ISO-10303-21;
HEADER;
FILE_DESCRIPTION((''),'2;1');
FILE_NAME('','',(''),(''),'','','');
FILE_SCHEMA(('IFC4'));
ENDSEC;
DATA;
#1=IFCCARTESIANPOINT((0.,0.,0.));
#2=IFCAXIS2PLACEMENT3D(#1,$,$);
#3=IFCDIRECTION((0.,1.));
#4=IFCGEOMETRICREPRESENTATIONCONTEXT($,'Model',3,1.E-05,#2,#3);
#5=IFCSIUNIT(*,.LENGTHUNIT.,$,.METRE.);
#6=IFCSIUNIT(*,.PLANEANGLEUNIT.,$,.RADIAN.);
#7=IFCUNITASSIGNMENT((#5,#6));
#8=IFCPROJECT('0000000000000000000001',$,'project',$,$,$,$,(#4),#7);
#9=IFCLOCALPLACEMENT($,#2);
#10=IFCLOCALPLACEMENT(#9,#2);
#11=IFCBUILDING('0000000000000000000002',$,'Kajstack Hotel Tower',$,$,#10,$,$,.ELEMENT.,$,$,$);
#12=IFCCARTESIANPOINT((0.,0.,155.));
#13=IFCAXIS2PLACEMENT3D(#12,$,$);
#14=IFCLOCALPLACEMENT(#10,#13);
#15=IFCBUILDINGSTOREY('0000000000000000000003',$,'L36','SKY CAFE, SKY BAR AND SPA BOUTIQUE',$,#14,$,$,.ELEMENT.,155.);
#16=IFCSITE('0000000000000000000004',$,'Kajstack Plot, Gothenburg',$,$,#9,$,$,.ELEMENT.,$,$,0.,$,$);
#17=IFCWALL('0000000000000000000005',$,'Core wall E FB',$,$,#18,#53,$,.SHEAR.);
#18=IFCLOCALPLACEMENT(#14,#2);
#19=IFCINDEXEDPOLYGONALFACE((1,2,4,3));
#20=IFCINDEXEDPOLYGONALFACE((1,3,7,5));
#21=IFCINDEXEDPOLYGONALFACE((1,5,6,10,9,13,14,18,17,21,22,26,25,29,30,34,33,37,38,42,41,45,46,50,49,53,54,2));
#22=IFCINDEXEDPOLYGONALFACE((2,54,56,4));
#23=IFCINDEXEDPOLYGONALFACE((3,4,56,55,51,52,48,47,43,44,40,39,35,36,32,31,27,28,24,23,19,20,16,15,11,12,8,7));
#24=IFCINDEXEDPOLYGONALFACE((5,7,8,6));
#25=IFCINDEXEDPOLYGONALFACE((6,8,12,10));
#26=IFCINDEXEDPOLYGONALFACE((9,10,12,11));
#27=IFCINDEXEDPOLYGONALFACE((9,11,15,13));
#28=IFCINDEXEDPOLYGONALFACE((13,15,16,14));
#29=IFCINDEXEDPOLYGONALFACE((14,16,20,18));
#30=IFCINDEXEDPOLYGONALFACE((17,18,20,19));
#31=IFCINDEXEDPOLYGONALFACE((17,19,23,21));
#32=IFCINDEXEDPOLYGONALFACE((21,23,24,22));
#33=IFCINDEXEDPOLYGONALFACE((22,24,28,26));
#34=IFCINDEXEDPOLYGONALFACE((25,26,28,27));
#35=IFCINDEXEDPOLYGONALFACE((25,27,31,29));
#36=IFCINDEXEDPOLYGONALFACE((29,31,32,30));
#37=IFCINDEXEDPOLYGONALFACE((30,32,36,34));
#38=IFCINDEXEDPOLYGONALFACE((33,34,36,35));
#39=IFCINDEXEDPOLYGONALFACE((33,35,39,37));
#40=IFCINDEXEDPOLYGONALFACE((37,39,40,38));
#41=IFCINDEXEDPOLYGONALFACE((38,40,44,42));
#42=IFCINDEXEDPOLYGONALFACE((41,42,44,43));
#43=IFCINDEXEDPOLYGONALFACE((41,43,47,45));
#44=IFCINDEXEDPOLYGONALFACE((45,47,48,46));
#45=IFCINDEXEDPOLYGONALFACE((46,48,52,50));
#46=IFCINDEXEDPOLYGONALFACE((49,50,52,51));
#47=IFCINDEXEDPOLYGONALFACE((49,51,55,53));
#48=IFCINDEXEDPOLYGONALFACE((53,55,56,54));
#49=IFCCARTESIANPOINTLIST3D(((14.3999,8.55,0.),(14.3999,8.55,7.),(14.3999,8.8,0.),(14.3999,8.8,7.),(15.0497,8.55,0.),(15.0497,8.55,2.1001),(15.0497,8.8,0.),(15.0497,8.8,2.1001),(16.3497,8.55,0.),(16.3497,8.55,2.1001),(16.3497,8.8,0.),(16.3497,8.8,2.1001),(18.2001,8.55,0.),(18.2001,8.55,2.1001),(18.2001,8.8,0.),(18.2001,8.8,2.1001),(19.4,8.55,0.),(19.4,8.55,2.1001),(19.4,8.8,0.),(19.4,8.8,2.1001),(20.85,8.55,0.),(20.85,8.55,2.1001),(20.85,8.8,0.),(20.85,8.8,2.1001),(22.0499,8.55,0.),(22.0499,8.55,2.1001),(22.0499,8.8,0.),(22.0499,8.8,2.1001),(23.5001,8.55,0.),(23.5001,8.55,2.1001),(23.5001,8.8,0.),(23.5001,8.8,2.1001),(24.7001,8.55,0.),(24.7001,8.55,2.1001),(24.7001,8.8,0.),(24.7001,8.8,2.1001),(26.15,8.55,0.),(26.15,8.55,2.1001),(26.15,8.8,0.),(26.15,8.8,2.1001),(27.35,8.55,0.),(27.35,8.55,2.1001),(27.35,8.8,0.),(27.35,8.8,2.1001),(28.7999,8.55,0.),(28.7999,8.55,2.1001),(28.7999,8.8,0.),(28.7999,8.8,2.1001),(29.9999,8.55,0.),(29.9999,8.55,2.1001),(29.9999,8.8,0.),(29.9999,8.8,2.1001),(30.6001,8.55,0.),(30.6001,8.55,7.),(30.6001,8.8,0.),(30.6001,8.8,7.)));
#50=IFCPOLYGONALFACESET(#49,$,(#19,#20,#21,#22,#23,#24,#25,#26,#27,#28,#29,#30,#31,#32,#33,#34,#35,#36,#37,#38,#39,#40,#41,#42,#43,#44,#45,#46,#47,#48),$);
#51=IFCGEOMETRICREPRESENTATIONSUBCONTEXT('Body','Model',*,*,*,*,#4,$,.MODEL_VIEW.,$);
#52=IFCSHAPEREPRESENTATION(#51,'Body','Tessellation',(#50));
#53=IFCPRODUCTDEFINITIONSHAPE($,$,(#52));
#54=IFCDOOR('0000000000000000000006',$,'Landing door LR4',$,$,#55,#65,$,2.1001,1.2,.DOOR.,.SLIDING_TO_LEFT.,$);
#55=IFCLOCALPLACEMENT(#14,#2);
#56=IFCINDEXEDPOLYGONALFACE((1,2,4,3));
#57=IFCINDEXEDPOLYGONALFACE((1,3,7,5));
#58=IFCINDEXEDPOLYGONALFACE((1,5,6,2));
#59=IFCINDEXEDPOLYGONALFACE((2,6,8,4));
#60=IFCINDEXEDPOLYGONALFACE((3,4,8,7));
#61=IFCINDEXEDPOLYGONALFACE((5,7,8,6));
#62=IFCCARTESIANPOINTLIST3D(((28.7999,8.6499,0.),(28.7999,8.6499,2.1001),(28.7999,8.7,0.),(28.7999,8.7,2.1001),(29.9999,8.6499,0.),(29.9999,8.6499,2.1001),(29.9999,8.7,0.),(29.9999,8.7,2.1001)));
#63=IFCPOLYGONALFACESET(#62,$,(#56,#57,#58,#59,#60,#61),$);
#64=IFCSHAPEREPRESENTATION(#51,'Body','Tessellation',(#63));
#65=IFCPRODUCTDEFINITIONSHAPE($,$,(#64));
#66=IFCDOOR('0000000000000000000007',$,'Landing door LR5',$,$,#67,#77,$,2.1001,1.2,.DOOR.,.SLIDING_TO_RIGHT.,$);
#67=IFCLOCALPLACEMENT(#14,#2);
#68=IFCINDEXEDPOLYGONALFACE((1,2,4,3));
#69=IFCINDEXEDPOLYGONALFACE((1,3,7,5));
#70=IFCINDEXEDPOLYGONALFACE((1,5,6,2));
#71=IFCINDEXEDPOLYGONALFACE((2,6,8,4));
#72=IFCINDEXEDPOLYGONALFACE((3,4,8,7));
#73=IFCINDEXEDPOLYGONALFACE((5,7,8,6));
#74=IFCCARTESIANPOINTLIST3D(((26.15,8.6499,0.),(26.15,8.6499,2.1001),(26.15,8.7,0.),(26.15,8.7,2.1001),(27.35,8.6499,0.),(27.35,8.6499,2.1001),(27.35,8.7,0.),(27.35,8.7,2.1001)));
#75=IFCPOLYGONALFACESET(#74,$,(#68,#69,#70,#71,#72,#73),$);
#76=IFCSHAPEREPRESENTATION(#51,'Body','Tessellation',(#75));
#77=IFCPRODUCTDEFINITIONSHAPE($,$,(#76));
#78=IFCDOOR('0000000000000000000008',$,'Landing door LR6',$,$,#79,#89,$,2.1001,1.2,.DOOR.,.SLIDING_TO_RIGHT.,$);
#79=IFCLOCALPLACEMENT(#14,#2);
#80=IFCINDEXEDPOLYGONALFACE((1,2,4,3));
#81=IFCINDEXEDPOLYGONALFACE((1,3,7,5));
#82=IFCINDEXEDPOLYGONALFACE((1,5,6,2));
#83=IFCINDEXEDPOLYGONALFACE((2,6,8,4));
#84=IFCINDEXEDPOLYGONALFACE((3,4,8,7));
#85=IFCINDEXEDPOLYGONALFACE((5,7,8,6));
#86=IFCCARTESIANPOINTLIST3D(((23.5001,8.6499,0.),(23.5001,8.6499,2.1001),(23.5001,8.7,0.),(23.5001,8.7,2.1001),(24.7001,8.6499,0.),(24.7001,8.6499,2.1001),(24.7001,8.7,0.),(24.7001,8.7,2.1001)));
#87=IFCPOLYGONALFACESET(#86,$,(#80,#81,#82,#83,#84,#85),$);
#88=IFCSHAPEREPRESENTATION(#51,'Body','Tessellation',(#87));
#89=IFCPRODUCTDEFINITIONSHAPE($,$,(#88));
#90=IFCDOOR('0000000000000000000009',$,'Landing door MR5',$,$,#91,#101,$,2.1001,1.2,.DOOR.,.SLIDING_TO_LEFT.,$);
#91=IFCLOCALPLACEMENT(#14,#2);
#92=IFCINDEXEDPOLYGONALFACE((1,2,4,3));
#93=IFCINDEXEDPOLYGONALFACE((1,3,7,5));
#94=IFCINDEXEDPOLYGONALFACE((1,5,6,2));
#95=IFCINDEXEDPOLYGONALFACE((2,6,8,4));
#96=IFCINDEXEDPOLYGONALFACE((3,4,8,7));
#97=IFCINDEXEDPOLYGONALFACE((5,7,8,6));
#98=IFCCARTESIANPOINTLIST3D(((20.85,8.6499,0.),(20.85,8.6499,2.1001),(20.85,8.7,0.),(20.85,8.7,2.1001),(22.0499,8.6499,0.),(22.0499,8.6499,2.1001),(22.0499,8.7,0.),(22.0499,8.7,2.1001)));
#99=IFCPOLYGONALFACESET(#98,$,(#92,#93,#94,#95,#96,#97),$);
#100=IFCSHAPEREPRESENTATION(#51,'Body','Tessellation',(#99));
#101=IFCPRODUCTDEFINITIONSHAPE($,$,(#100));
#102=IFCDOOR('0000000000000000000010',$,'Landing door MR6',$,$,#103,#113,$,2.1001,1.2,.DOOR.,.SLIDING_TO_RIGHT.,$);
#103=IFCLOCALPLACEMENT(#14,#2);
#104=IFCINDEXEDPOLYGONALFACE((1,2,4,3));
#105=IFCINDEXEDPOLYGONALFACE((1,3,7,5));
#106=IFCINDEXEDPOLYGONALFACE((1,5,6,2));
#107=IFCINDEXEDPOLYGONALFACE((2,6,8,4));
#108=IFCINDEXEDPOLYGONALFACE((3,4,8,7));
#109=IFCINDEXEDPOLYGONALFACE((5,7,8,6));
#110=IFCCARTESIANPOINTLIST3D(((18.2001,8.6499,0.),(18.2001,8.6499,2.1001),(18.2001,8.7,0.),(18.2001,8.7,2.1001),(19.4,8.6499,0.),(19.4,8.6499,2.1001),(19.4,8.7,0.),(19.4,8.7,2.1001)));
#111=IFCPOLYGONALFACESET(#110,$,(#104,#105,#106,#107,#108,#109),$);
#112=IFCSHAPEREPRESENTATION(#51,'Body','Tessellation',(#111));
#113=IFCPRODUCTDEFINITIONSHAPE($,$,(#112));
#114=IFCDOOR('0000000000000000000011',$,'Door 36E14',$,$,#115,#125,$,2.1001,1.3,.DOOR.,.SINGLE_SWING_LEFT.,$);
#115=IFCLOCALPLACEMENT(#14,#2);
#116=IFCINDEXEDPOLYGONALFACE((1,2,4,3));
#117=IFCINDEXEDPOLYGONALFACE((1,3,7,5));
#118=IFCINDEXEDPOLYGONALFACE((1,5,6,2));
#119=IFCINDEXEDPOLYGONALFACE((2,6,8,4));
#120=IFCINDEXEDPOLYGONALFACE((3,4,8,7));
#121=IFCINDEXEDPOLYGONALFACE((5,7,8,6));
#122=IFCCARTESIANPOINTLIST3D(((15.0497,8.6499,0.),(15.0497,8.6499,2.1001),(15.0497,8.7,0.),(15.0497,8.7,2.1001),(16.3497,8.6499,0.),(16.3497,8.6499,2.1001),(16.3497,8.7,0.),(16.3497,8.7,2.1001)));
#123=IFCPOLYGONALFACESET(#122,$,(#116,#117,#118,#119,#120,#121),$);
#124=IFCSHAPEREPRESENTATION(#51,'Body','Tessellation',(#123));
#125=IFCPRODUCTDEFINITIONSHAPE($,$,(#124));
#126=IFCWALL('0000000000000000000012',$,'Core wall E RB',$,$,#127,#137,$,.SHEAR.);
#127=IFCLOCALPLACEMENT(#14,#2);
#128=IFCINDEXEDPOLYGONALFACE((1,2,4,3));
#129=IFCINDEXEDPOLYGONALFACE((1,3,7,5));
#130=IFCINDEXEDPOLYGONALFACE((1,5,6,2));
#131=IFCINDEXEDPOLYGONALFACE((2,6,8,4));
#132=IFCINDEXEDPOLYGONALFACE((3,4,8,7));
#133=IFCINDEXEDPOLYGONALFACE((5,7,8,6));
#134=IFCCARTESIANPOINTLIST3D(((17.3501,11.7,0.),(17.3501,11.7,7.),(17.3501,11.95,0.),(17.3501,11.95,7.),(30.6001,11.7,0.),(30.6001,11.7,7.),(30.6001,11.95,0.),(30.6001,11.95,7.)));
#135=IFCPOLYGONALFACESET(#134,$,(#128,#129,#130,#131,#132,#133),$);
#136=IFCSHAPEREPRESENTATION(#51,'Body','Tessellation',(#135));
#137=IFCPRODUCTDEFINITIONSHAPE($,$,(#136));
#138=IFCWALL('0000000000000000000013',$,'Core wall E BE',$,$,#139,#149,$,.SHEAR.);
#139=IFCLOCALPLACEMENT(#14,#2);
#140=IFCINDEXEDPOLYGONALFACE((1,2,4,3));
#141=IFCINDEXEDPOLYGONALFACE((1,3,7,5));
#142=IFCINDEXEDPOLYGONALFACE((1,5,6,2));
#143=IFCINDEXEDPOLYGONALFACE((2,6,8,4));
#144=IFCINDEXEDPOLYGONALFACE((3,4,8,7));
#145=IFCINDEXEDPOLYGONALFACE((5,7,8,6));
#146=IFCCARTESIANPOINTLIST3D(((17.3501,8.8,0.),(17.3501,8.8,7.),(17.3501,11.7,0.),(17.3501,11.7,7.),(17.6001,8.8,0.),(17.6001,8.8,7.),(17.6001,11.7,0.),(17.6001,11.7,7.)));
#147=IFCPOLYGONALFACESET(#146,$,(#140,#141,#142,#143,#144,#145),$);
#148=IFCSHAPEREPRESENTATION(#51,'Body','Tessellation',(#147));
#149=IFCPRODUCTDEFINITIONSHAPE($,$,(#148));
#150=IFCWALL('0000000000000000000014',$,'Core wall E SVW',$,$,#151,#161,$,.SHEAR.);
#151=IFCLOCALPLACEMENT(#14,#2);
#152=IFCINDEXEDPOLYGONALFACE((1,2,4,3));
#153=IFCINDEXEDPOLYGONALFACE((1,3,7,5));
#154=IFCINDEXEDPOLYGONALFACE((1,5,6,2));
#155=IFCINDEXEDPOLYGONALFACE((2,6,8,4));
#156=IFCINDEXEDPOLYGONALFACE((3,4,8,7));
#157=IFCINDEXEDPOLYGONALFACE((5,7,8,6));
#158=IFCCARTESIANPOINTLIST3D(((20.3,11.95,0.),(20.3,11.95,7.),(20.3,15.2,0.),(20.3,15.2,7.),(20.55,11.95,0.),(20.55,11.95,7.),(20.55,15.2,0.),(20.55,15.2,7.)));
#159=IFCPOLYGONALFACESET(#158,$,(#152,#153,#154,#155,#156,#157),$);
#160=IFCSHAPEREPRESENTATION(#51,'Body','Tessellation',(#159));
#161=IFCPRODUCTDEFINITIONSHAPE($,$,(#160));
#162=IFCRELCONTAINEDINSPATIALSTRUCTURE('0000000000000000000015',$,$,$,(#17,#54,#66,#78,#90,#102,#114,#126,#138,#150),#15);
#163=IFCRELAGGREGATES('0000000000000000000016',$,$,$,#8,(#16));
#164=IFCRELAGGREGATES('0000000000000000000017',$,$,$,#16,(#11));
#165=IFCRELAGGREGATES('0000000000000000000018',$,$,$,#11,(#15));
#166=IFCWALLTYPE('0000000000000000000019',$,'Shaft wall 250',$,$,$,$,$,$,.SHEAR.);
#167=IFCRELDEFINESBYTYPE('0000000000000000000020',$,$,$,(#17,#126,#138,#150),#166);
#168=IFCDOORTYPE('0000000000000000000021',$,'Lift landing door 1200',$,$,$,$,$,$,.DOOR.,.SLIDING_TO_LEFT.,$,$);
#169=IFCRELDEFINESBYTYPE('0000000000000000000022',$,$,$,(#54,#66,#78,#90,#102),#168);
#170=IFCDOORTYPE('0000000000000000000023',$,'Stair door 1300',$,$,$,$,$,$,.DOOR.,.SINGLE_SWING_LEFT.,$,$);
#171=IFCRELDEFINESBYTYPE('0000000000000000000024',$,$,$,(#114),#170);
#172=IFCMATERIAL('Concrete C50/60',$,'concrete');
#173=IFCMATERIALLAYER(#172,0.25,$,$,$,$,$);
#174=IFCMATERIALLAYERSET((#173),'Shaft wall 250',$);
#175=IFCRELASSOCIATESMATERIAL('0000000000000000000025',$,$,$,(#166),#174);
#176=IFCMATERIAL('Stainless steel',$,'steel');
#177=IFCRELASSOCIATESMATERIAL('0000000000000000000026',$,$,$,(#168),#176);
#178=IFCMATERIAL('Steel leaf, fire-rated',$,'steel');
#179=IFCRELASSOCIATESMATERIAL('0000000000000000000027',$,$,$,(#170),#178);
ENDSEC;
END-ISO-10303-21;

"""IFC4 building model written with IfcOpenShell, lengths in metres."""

from ifc_helpers import new_model, si_unit, direction, frame, frame_2d, origin, place, context, subcontext, project, spatial, rectangle, extrude, material, layer, layer_set, type_object, element, fill, save


model = new_model("IFC4")

# Units and contexts
model_context = context("Model", 3, precision=1e-05, world=origin(), true_north=direction((0.0, 1.0)))
body_context = subcontext(model_context, "Body", "Model", "MODEL_VIEW")
ifc_project = project(units=[si_unit("LENGTHUNIT", "METRE"), si_unit("PLANEANGLEUNIT", "RADIAN")], contexts=[model_context])

# Site, building, storey
site_placement = place(None, origin())
site = spatial("IfcSite", under=ifc_project, at=site_placement, Name="Kajstack Plot, Gothenburg", CompositionType="ELEMENT", RefElevation=0.0)
building_placement = place(site_placement, origin())
building = spatial("IfcBuilding", under=site, at=building_placement, Name="Kajstack Hotel Tower", CompositionType="ELEMENT")
storey_placement = place(building_placement, frame((0.0, 0.0, 155.0)))
storey = spatial("IfcBuildingStorey", under=building, at=storey_placement, Name="L36", Description="SKY CAFE, SKY BAR AND SPA BOUTIQUE", CompositionType="ELEMENT", Elevation=155.0)

# Shared definitions
ifc_material_1 = material(Name="Concrete C50/60", Category="concrete")

# Shared definitions
ifc_layer_1 = layer(ifc_material_1, 0.25)
ifc_layer_set_1 = layer_set([ifc_layer_1], Name="Shaft wall 250")
wall_type_1 = type_object("IfcWallType", Name="Shaft wall 250", PredefinedType="SHEAR", material=ifc_layer_set_1)
ifc_material_2 = material(Name="Stainless steel", Category="steel")
door_type_1 = type_object("IfcDoorType", Name="Lift landing door 1200", OperationType="SLIDING_TO_LEFT", PredefinedType="DOOR", material=ifc_material_2)

# Wall, openings, doors
wall_1_placement = place(storey_placement, frame((14.3999, 8.675, 0.0), z_axis=(0.0, 0.0, 1.0), x_axis=(1.0, 0.0, 0.0)))
wall_1 = element("IfcWall", 1, at=wall_1_placement, inside=storey, type_object=wall_type_1, Name="Core wall E FB", PredefinedType="SHEAR", context=body_context, shape_type="SweptSolid", body=[
    extrude(rectangle(XDim=16.2002, YDim=0.25, at=frame_2d((8.1001, 0.0))), origin(), (0.0, 0.0, 1.0), 7.0),
])
opening_1_placement = place(wall_1_placement, frame((14.3999, 0.0, 0.0)))
opening_1 = element("IfcOpeningElement", 2, at=opening_1_placement, cuts=wall_1, PredefinedType="OPENING", context=body_context, shape_type="SweptSolid", body=[
    extrude(rectangle(XDim=1.2, YDim=2.1001, at=frame_2d((0.6001, 1.05))), frame((0.0, 0.135, 0.0), z_axis=(0.0, -1.0, 0.0), x_axis=(1.0, 0.0, 0.0)), (0.0, 0.0, 1.0), 0.27),
])
opening_2_placement = place(wall_1_placement, frame((11.75, 0.0, 0.0)))
opening_2 = element("IfcOpeningElement", 3, at=opening_2_placement, cuts=wall_1, PredefinedType="OPENING", context=body_context, shape_type="SweptSolid", body=[
    extrude(rectangle(XDim=1.2, YDim=2.1001, at=frame_2d((0.6001, 1.05))), frame((0.0, 0.135, 0.0), z_axis=(0.0, -1.0, 0.0), x_axis=(1.0, 0.0, 0.0)), (0.0, 0.0, 1.0), 0.27),
])
opening_3_placement = place(wall_1_placement, frame((9.1001, 0.0, 0.0)))
opening_3 = element("IfcOpeningElement", 4, at=opening_3_placement, cuts=wall_1, PredefinedType="OPENING", context=body_context, shape_type="SweptSolid", body=[
    extrude(rectangle(XDim=1.2, YDim=2.1001, at=frame_2d((0.6001, 1.05))), frame((0.0, 0.135, 0.0), z_axis=(0.0, -1.0, 0.0), x_axis=(1.0, 0.0, 0.0)), (0.0, 0.0, 1.0), 0.27),
])
opening_4_placement = place(wall_1_placement, frame((6.45, 0.0, 0.0)))
opening_4 = element("IfcOpeningElement", 5, at=opening_4_placement, cuts=wall_1, PredefinedType="OPENING", context=body_context, shape_type="SweptSolid", body=[
    extrude(rectangle(XDim=1.2, YDim=2.1001, at=frame_2d((0.6001, 1.05))), frame((0.0, 0.135, 0.0), z_axis=(0.0, -1.0, 0.0), x_axis=(1.0, 0.0, 0.0)), (0.0, 0.0, 1.0), 0.27),
])
opening_5_placement = place(wall_1_placement, frame((3.8, 0.0, 0.0)))
opening_5 = element("IfcOpeningElement", 6, at=opening_5_placement, cuts=wall_1, PredefinedType="OPENING", context=body_context, shape_type="SweptSolid", body=[
    extrude(rectangle(XDim=1.2, YDim=2.1001, at=frame_2d((0.6001, 1.05))), frame((0.0, 0.135, 0.0), z_axis=(0.0, -1.0, 0.0), x_axis=(1.0, 0.0, 0.0)), (0.0, 0.0, 1.0), 0.27),
])
opening_6_placement = place(wall_1_placement, frame((0.6499, 0.0, 0.0)))
opening_6 = element("IfcOpeningElement", 7, at=opening_6_placement, cuts=wall_1, PredefinedType="OPENING", context=body_context, shape_type="SweptSolid", body=[
    extrude(rectangle(XDim=1.3, YDim=2.1001, at=frame_2d((0.6499, 1.05))), frame((0.0, 0.135, 0.0), z_axis=(0.0, -1.0, 0.0), x_axis=(1.0, 0.0, 0.0)), (0.0, 0.0, 1.0), 0.27),
])
door_1_placement = place(opening_1_placement, origin())
door_1 = element("IfcDoor", 8, at=door_1_placement, inside=storey, type_object=door_type_1, Name="Landing door LR4", OperationType="SLIDING_TO_LEFT", OverallHeight=2.1001, OverallWidth=1.2, PredefinedType="DOOR", context=body_context, shape_type="SweptSolid", body=[
    extrude(rectangle(XDim=1.2, YDim=2.1001, at=frame_2d((0.6001, 1.05))), frame((0.0, 0.0249, 0.0), z_axis=(0.0, -1.0, 0.0), x_axis=(1.0, 0.0, 0.0)), (0.0, 0.0, 1.0), 0.05),
])
fill(opening_1, door_1)
door_2_placement = place(opening_2_placement, origin())
door_2 = element("IfcDoor", 9, at=door_2_placement, inside=storey, type_object=door_type_1, Name="Landing door LR5", OperationType="SLIDING_TO_RIGHT", OverallHeight=2.1001, OverallWidth=1.2, PredefinedType="DOOR", context=body_context, shape_type="SweptSolid", body=[
    extrude(rectangle(XDim=1.2, YDim=2.1001, at=frame_2d((0.6001, 1.05))), frame((0.0, 0.0249, 0.0), z_axis=(0.0, -1.0, 0.0), x_axis=(1.0, 0.0, 0.0)), (0.0, 0.0, 1.0), 0.05),
])
fill(opening_2, door_2)
door_3_placement = place(opening_3_placement, origin())
door_3 = element("IfcDoor", 10, at=door_3_placement, inside=storey, type_object=door_type_1, Name="Landing door LR6", OperationType="SLIDING_TO_RIGHT", OverallHeight=2.1001, OverallWidth=1.2, PredefinedType="DOOR", context=body_context, shape_type="SweptSolid", body=[
    extrude(rectangle(XDim=1.2, YDim=2.1001, at=frame_2d((0.6001, 1.05))), frame((0.0, 0.0249, 0.0), z_axis=(0.0, -1.0, 0.0), x_axis=(1.0, 0.0, 0.0)), (0.0, 0.0, 1.0), 0.05),
])
fill(opening_3, door_3)
door_4_placement = place(opening_4_placement, origin())
door_4 = element("IfcDoor", 11, at=door_4_placement, inside=storey, type_object=door_type_1, Name="Landing door MR5", OperationType="SLIDING_TO_LEFT", OverallHeight=2.1001, OverallWidth=1.2, PredefinedType="DOOR", context=body_context, shape_type="SweptSolid", body=[
    extrude(rectangle(XDim=1.2, YDim=2.1001, at=frame_2d((0.6001, 1.05))), frame((0.0, 0.0249, 0.0), z_axis=(0.0, -1.0, 0.0), x_axis=(1.0, 0.0, 0.0)), (0.0, 0.0, 1.0), 0.05),
])
fill(opening_4, door_4)
door_5_placement = place(opening_5_placement, origin())
door_5 = element("IfcDoor", 12, at=door_5_placement, inside=storey, type_object=door_type_1, Name="Landing door MR6", OperationType="SLIDING_TO_RIGHT", OverallHeight=2.1001, OverallWidth=1.2, PredefinedType="DOOR", context=body_context, shape_type="SweptSolid", body=[
    extrude(rectangle(XDim=1.2, YDim=2.1001, at=frame_2d((0.6001, 1.05))), frame((0.0, 0.0249, 0.0), z_axis=(0.0, -1.0, 0.0), x_axis=(1.0, 0.0, 0.0)), (0.0, 0.0, 1.0), 0.05),
])
fill(opening_5, door_5)
ifc_material_3 = material(Name="Steel leaf, fire-rated", Category="steel")
door_type_2 = type_object("IfcDoorType", Name="Stair door 1300", OperationType="SINGLE_SWING_LEFT", PredefinedType="DOOR", material=ifc_material_3)
door_6_placement = place(opening_6_placement, origin())
door_6 = element("IfcDoor", 13, at=door_6_placement, inside=storey, type_object=door_type_2, Name="Door 36E14", OperationType="SINGLE_SWING_LEFT", OverallHeight=2.1001, OverallWidth=1.3, PredefinedType="DOOR", context=body_context, shape_type="SweptSolid", body=[
    extrude(rectangle(XDim=1.3, YDim=2.1001, at=frame_2d((0.6499, 1.05))), frame((0.0, 0.0249, 0.0), z_axis=(0.0, -1.0, 0.0), x_axis=(1.0, 0.0, 0.0)), (0.0, 0.0, 1.0), 0.05),
])
fill(opening_6, door_6)

# Walls
wall_2_placement = place(storey_placement, frame((17.3501, 11.825, 0.0), z_axis=(0.0, 0.0, 1.0), x_axis=(1.0, 0.0, 0.0)))
element("IfcWall", 14, at=wall_2_placement, inside=storey, type_object=wall_type_1, Name="Core wall E RB", PredefinedType="SHEAR", context=body_context, shape_type="SweptSolid", body=[
    extrude(rectangle(XDim=13.25, YDim=0.25, at=frame_2d((6.625, 0.0))), origin(), (0.0, 0.0, 1.0), 7.0),
])
wall_3_placement = place(storey_placement, frame((17.4751, 8.8, 0.0), z_axis=(0.0, 0.0, 1.0), x_axis=(0.0, 1.0, 0.0)))
element("IfcWall", 15, at=wall_3_placement, inside=storey, type_object=wall_type_1, Name="Core wall E BE", PredefinedType="SHEAR", context=body_context, shape_type="SweptSolid", body=[
    extrude(rectangle(XDim=2.8999, YDim=0.25, at=frame_2d((1.45, 0.0))), origin(), (0.0, 0.0, 1.0), 7.0),
])
wall_4_placement = place(storey_placement, frame((20.425, 11.95, 0.0), z_axis=(0.0, 0.0, 1.0), x_axis=(0.0, 1.0, 0.0)))
element("IfcWall", 16, at=wall_4_placement, inside=storey, type_object=wall_type_1, Name="Core wall E SVW", PredefinedType="SHEAR", context=body_context, shape_type="SweptSolid", body=[
    extrude(rectangle(XDim=3.25, YDim=0.25, at=frame_2d((1.625, 0.0))), origin(), (0.0, 0.0, 1.0), 7.0),
])

save(model, "model.ifc")
